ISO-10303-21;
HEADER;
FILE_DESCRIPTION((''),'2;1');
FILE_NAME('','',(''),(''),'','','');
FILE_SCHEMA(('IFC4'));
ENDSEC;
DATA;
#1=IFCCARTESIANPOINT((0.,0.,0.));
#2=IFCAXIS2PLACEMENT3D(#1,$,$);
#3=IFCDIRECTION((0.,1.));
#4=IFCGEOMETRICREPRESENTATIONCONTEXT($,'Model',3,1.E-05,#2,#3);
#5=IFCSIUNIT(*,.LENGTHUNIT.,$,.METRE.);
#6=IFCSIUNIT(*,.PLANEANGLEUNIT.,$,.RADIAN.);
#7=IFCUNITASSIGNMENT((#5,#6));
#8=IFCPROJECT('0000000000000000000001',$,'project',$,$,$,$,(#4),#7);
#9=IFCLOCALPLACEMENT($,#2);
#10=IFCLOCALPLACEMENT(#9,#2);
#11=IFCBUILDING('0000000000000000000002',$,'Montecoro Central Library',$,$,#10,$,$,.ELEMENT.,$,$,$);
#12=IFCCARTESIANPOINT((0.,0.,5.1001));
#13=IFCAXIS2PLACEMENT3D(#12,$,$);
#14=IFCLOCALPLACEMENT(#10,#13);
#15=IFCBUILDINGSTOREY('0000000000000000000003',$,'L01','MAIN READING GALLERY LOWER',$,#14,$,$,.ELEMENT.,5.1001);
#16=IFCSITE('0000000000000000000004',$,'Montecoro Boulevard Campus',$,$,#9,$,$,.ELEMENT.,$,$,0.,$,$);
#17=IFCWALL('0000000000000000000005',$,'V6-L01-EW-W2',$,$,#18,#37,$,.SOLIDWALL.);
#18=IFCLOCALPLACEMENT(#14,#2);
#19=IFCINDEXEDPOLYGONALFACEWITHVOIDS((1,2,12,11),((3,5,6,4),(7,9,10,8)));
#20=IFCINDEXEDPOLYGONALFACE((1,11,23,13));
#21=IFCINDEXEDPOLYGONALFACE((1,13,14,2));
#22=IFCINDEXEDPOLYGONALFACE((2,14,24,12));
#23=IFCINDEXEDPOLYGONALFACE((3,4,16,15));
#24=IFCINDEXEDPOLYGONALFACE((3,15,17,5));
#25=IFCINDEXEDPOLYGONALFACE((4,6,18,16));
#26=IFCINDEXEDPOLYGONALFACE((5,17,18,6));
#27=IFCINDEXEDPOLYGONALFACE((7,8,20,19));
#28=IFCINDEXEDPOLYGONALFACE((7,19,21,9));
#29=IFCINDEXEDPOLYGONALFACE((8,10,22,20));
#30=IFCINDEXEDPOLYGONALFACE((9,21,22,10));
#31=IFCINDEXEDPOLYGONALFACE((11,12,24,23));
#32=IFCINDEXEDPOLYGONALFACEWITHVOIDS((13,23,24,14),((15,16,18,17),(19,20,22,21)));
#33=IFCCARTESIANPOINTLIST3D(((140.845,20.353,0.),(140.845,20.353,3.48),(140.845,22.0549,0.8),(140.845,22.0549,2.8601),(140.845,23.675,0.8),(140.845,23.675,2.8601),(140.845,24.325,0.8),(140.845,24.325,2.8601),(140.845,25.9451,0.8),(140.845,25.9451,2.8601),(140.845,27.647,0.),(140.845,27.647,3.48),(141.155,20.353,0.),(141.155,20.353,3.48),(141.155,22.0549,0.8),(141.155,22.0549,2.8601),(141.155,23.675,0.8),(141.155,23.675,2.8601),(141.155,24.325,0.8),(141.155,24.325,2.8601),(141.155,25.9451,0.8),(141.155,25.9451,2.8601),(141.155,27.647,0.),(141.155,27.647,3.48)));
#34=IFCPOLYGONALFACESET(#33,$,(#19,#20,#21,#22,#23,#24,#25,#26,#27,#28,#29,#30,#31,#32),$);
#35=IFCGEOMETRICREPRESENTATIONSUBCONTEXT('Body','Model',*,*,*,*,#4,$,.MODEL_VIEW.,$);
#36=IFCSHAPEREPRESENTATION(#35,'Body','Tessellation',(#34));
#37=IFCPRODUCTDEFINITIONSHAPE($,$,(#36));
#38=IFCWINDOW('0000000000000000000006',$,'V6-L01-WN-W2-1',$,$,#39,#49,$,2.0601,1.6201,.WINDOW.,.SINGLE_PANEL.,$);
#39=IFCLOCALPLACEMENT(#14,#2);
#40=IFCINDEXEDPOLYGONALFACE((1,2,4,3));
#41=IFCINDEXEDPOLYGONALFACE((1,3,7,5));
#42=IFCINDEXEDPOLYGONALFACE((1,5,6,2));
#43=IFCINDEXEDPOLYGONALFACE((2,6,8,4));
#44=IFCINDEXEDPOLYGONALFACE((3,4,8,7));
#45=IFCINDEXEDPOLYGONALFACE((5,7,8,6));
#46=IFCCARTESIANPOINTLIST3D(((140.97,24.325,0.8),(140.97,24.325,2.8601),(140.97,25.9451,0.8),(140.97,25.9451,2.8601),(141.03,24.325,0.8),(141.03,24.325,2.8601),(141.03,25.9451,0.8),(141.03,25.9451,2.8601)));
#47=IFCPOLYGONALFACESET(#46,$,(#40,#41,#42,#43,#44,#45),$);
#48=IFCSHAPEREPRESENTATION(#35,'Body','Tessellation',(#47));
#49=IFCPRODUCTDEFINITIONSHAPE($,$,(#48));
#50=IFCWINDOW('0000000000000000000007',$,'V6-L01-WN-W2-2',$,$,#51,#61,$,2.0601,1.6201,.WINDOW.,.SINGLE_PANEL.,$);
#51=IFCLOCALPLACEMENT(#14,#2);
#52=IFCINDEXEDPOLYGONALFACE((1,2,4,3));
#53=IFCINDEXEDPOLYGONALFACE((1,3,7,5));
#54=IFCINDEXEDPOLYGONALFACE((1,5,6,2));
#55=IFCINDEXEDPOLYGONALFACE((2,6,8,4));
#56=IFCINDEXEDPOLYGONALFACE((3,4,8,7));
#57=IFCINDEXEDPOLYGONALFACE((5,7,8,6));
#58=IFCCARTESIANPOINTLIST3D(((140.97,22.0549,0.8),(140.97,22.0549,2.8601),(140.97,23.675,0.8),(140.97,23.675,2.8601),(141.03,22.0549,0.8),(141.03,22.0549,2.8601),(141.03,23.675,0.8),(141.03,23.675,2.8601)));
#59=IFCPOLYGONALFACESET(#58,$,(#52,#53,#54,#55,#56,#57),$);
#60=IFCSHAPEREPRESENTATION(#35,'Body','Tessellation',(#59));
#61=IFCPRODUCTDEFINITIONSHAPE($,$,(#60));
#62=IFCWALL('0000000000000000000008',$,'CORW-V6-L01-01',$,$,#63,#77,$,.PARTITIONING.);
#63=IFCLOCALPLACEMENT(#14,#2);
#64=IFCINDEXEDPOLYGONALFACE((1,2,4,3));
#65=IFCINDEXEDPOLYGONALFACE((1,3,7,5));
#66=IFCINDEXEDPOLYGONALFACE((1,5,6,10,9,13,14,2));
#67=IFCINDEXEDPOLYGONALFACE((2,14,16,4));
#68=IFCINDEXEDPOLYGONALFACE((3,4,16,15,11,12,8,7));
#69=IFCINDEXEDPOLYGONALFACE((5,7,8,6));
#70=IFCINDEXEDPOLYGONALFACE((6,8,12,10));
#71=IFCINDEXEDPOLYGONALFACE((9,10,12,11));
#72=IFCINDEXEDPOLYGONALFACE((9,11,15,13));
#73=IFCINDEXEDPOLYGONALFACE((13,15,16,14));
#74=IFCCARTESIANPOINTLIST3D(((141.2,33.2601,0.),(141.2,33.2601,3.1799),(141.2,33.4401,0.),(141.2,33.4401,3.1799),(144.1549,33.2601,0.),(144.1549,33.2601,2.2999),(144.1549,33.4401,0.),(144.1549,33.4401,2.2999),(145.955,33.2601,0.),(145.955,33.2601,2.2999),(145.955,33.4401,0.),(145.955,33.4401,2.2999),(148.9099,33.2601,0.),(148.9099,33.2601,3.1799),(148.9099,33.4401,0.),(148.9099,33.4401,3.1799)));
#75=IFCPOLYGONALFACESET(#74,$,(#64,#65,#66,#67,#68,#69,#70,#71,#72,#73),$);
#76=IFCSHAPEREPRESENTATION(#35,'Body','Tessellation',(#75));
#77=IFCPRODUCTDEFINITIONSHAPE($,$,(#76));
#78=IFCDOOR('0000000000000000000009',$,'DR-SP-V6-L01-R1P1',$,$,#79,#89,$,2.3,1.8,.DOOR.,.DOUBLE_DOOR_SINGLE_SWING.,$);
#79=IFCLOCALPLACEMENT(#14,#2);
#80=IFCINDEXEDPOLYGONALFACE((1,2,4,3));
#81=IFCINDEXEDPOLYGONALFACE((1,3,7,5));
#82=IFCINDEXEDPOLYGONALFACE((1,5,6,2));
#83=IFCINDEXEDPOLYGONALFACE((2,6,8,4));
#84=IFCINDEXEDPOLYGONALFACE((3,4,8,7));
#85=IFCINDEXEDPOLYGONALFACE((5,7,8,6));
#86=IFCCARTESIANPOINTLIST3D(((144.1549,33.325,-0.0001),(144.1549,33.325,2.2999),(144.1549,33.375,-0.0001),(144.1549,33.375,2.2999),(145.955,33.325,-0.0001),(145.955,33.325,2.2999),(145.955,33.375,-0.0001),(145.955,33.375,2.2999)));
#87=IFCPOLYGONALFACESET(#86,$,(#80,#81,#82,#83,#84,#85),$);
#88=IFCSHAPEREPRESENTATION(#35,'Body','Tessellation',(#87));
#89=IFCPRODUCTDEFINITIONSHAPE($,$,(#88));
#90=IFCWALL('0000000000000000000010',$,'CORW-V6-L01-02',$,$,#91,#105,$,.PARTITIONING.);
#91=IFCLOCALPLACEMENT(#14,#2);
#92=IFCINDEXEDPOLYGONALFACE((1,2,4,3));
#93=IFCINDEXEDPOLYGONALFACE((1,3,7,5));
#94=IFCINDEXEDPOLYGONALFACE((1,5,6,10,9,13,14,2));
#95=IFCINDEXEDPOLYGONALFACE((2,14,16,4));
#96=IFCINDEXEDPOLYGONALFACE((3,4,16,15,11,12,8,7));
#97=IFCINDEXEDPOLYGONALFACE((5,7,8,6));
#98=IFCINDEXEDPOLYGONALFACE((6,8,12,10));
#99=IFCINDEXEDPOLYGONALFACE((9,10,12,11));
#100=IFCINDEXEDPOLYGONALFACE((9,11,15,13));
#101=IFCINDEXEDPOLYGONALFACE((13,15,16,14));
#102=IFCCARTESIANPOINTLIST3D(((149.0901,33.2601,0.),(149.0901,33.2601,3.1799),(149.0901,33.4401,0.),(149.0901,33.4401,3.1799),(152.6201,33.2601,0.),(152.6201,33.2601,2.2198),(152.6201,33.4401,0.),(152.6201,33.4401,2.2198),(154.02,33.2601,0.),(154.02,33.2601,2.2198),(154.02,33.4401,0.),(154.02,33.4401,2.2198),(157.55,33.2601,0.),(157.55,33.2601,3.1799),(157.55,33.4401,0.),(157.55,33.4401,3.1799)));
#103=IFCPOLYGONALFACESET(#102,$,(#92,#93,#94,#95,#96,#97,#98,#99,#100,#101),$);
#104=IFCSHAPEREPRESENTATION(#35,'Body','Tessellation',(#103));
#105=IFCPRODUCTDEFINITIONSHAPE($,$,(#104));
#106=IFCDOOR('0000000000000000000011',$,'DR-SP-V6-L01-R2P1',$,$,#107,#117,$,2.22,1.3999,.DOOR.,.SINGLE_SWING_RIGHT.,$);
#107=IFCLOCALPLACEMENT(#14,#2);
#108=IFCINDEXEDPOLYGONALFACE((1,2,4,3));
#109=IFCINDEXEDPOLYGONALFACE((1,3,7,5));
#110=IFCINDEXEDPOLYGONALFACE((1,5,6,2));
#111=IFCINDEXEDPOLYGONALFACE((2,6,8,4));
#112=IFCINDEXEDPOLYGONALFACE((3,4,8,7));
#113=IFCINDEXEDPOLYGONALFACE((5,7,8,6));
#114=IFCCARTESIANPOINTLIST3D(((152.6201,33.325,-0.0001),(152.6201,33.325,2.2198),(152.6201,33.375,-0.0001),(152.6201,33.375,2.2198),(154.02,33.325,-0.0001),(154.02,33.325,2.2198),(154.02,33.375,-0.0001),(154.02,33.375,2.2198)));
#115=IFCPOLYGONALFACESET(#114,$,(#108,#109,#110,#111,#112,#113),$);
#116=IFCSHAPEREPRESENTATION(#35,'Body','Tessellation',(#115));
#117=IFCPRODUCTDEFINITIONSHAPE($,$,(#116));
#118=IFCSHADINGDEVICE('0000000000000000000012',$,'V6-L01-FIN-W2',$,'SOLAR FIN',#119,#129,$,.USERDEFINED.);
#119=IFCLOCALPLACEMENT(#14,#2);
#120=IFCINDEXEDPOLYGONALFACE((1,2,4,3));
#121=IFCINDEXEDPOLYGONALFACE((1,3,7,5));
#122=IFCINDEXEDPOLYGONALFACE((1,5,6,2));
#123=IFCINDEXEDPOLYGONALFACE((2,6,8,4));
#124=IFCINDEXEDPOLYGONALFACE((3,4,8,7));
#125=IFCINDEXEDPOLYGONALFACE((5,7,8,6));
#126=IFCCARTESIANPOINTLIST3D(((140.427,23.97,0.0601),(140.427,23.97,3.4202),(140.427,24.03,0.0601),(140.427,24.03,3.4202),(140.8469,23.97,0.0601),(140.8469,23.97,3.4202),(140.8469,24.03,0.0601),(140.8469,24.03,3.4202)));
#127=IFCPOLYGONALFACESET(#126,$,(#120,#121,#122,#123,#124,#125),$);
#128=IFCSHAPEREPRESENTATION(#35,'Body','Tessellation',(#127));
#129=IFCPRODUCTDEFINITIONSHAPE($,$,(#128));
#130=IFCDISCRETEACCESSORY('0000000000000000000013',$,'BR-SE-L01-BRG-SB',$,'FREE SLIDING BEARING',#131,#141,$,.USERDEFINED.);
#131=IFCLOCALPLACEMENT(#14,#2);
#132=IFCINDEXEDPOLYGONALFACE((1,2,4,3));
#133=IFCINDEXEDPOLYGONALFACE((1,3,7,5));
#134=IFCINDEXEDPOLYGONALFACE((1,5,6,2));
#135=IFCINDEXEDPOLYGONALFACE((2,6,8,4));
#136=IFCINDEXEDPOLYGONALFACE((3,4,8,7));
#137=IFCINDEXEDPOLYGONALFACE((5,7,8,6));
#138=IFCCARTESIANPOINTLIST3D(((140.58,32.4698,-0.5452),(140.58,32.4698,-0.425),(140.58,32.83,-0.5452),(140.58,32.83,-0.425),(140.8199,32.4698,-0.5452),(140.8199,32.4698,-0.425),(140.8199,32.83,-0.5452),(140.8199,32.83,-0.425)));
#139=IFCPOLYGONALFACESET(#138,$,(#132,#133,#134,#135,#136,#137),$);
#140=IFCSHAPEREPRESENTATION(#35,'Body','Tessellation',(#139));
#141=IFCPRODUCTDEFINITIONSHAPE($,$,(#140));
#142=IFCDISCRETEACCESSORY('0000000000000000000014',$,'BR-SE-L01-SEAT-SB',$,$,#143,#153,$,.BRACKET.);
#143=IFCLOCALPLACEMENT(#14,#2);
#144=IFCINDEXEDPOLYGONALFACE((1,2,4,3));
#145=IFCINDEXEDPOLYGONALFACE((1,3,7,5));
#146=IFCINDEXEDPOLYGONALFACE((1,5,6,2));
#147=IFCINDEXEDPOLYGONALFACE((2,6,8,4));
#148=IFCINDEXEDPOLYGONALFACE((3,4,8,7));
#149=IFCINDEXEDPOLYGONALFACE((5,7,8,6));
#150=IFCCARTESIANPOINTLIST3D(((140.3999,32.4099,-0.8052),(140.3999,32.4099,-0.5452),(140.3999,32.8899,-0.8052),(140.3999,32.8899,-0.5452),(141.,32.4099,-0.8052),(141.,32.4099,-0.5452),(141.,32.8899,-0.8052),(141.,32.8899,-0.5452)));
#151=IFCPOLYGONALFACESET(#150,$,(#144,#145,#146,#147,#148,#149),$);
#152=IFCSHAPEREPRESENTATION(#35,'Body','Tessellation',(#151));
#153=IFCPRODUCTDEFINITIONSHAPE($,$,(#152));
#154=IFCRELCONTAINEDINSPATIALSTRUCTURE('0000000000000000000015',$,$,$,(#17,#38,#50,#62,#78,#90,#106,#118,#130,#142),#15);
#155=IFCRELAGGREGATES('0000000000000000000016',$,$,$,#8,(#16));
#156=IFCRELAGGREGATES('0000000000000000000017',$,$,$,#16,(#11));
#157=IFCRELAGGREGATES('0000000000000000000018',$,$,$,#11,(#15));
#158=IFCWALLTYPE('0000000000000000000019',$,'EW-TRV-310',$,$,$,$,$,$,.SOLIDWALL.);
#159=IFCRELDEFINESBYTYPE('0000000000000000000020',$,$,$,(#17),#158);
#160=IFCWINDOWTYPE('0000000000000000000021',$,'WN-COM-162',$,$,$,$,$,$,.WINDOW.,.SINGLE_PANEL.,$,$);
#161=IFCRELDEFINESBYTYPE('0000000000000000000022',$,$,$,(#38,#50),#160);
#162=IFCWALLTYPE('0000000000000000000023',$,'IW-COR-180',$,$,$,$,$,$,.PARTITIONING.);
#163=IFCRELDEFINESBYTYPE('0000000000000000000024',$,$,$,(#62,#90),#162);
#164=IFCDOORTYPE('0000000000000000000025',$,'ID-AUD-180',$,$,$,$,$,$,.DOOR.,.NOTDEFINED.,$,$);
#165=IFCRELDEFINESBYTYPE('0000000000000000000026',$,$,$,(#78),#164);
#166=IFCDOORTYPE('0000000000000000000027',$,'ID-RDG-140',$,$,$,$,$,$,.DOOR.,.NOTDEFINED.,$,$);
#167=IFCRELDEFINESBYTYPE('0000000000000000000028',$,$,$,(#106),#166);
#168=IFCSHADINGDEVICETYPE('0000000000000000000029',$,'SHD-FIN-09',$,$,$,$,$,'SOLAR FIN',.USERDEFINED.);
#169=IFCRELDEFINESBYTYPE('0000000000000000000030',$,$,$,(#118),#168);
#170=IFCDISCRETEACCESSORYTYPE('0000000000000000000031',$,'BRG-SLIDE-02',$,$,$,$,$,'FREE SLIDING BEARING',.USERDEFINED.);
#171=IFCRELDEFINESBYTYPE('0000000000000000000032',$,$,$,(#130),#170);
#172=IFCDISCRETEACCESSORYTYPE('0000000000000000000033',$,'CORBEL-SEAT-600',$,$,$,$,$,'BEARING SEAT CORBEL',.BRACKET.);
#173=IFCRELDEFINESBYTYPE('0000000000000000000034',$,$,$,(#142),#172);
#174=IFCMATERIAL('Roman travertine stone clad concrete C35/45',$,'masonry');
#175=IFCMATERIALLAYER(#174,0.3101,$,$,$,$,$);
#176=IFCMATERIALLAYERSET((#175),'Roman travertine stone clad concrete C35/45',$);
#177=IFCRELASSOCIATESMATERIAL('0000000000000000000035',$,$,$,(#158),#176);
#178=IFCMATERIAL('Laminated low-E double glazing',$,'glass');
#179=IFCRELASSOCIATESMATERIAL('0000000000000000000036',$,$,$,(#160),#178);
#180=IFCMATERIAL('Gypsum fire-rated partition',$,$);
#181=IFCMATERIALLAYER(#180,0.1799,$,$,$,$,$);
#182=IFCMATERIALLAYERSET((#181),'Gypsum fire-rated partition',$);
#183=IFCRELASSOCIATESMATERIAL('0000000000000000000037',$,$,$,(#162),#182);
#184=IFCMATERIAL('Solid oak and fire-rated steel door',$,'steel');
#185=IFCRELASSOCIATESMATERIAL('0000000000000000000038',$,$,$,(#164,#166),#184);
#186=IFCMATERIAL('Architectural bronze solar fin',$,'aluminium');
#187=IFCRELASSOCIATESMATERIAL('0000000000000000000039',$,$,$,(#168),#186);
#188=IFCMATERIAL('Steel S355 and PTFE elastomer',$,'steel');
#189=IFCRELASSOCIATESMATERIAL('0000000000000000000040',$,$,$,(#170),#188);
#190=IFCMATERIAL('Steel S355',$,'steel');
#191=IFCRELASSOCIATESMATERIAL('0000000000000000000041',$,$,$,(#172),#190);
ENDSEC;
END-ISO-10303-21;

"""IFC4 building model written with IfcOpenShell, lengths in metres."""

from ifc_helpers import new_model, si_unit, direction, frame, frame_2d, origin, origin_2d, place, context, subcontext, project, spatial, rectangle, extrude, material, layer, layer_set, type_object, element, fill, save


model = new_model("IFC4")

# Units and contexts
model_context = context("Model", 3, precision=1e-05, world=origin(), true_north=direction((0.0, 1.0)))
body_context = subcontext(model_context, "Body", "Model", "MODEL_VIEW")
ifc_project = project(units=[si_unit("LENGTHUNIT", "METRE"), si_unit("PLANEANGLEUNIT", "RADIAN")], contexts=[model_context])

# Site, building, storey
site_placement = place(None, origin())
site = spatial("IfcSite", under=ifc_project, at=site_placement, Name="Montecoro Boulevard Campus", CompositionType="ELEMENT", RefElevation=0.0)
building_placement = place(site_placement, origin())
building = spatial("IfcBuilding", under=site, at=building_placement, Name="Montecoro Central Library", CompositionType="ELEMENT")
storey_placement = place(building_placement, frame((0.0, 0.0, 5.1001)))
storey = spatial("IfcBuildingStorey", under=building, at=storey_placement, Name="L01", Description="MAIN READING GALLERY LOWER", CompositionType="ELEMENT", Elevation=5.1001)

# Shared definitions
ifc_material_1 = material(Name="Steel S355", Category="steel")

# Shared definitions
ifc_material_2 = material(Name="Laminated low-E double glazing", Category="glass")

# Wall, openings, windows
ifc_material_3 = material(Name="Roman travertine stone clad concrete C35/45", Category="masonry")
ifc_layer_1 = layer(ifc_material_3, 0.3101)
ifc_layer_set_1 = layer_set([ifc_layer_1], Name="Roman travertine stone clad concrete C35/45")
wall_type_1 = type_object("IfcWallType", Name="EW-TRV-310", PredefinedType="SOLIDWALL", material=ifc_layer_set_1)
wall_1_placement = place(storey_placement, frame((141.0, 27.647, 0.0), z_axis=(0.0, 0.0, 1.0), x_axis=(0.0, -1.0, 0.0)))
wall_1 = element("IfcWall", 1, at=wall_1_placement, inside=storey, type_object=wall_type_1, Name="V6-L01-EW-W2", PredefinedType="SOLIDWALL", context=body_context, shape_type="SweptSolid", body=[
    extrude(rectangle(XDim=7.2939, YDim=0.3101, at=frame_2d((3.647, 0.0))), origin(), (0.0, 0.0, 1.0), 3.48),
])
opening_1_placement = place(wall_1_placement, frame((1.7019, 0.0, 0.8)))
opening_1 = element("IfcOpeningElement", 2, at=opening_1_placement, cuts=wall_1, PredefinedType="OPENING", context=body_context, shape_type="SweptSolid", body=[
    extrude(rectangle(XDim=1.6201, YDim=2.0601, at=frame_2d((0.8101, 1.03))), frame((0.0, 0.165, 0.0), z_axis=(0.0, -1.0, 0.0), x_axis=(1.0, 0.0, 0.0)), (0.0, 0.0, 1.0), 0.3301),
])
opening_2_placement = place(wall_1_placement, frame((3.9719, 0.0, 0.8)))
opening_2 = element("IfcOpeningElement", 3, at=opening_2_placement, cuts=wall_1, PredefinedType="OPENING", context=body_context, shape_type="SweptSolid", body=[
    extrude(rectangle(XDim=1.6201, YDim=2.0601, at=frame_2d((0.8101, 1.03))), frame((0.0, 0.165, 0.0), z_axis=(0.0, -1.0, 0.0), x_axis=(1.0, 0.0, 0.0)), (0.0, 0.0, 1.0), 0.3301),
])
window_type = type_object("IfcWindowType", Name="WN-COM-162", PartitioningType="SINGLE_PANEL", PredefinedType="WINDOW", material=ifc_material_2)
window_1_placement = place(opening_1_placement, origin())
window_1 = element("IfcWindow", 4, at=window_1_placement, inside=storey, type_object=window_type, Name="V6-L01-WN-W2-1", OverallHeight=2.0601, OverallWidth=1.6201, PartitioningType="SINGLE_PANEL", PredefinedType="WINDOW", context=body_context, shape_type="SweptSolid", body=[
    extrude(rectangle(XDim=1.6201, YDim=2.0601, at=frame_2d((0.8101, 1.03))), frame((0.0, 0.03, 0.0), z_axis=(0.0, -1.0, 0.0), x_axis=(1.0, 0.0, 0.0)), (0.0, 0.0, 1.0), 0.0601),
])
fill(opening_1, window_1)
window_2_placement = place(opening_2_placement, origin())
window_2 = element("IfcWindow", 5, at=window_2_placement, inside=storey, type_object=window_type, Name="V6-L01-WN-W2-2", OverallHeight=2.0601, OverallWidth=1.6201, PartitioningType="SINGLE_PANEL", PredefinedType="WINDOW", context=body_context, shape_type="SweptSolid", body=[
    extrude(rectangle(XDim=1.6201, YDim=2.0601, at=frame_2d((0.8101, 1.03))), frame((0.0, 0.03, 0.0), z_axis=(0.0, -1.0, 0.0), x_axis=(1.0, 0.0, 0.0)), (0.0, 0.0, 1.0), 0.0601),
])
fill(opening_2, window_2)

# Walls, openings, doors
ifc_material_4 = material(Name="Gypsum fire-rated partition")
ifc_layer_2 = layer(ifc_material_4, 0.1799)
ifc_layer_set_2 = layer_set([ifc_layer_2], Name="Gypsum fire-rated partition")
wall_type_2 = type_object("IfcWallType", Name="IW-COR-180", PredefinedType="PARTITIONING", material=ifc_layer_set_2)
wall_2_placement = place(storey_placement, frame((141.2, 33.3501, 0.0), z_axis=(0.0, 0.0, 1.0), x_axis=(1.0, 0.0, 0.0)))
wall_2 = element("IfcWall", 6, at=wall_2_placement, inside=storey, type_object=wall_type_2, Name="CORW-V6-L01-01", PredefinedType="PARTITIONING", context=body_context, shape_type="SweptSolid", body=[
    extrude(rectangle(XDim=7.71, YDim=0.1799, at=frame_2d((3.855, 0.0))), origin(), (0.0, 0.0, 1.0), 3.1799),
])
opening_3_placement = place(wall_2_placement, frame((2.9551, 0.0, 0.0)))
opening_3 = element("IfcOpeningElement", 7, at=opening_3_placement, cuts=wall_2, PredefinedType="OPENING", context=body_context, shape_type="SweptSolid", body=[
    extrude(rectangle(XDim=1.8, YDim=2.3, at=frame_2d((0.8999, 1.1499))), frame((0.0, 0.0999, 0.0), z_axis=(0.0, -1.0, 0.0), x_axis=(1.0, 0.0, 0.0)), (0.0, 0.0, 1.0), 0.2),
])
ifc_material_5 = material(Name="Solid oak and fire-rated steel door", Category="steel")
door_type_1 = type_object("IfcDoorType", Name="ID-AUD-180", OperationType="NOTDEFINED", PredefinedType="DOOR", material=ifc_material_5)
door_1_placement = place(opening_3_placement, origin())
door_1 = element("IfcDoor", 8, at=door_1_placement, inside=storey, type_object=door_type_1, Name="DR-SP-V6-L01-R1P1", OperationType="DOUBLE_DOOR_SINGLE_SWING", OverallHeight=2.3, OverallWidth=1.8, PredefinedType="DOOR", context=body_context, shape_type="SweptSolid", body=[
    extrude(rectangle(XDim=1.8, YDim=2.3, at=frame_2d((0.8999, 1.1499))), frame((0.0, 0.0249, 0.0), z_axis=(0.0, -1.0, 0.0), x_axis=(1.0, 0.0, 0.0)), (0.0, 0.0, 1.0), 0.05),
])
fill(opening_3, door_1)
wall_3_placement = place(storey_placement, frame((149.0901, 33.3501, 0.0), z_axis=(0.0, 0.0, 1.0), x_axis=(1.0, 0.0, 0.0)))
wall_3 = element("IfcWall", 9, at=wall_3_placement, inside=storey, type_object=wall_type_2, Name="CORW-V6-L01-02", PredefinedType="PARTITIONING", context=body_context, shape_type="SweptSolid", body=[
    extrude(rectangle(XDim=8.46, YDim=0.1799, at=frame_2d((4.23, 0.0))), origin(), (0.0, 0.0, 1.0), 3.1799),
])
opening_4_placement = place(wall_3_placement, frame((3.53, 0.0, 0.0)))
opening_4 = element("IfcOpeningElement", 10, at=opening_4_placement, cuts=wall_3, PredefinedType="OPENING", context=body_context, shape_type="SweptSolid", body=[
    extrude(rectangle(XDim=1.3999, YDim=2.22, at=frame_2d((0.7, 1.1099))), frame((0.0, 0.0999, 0.0), z_axis=(0.0, -1.0, 0.0), x_axis=(1.0, 0.0, 0.0)), (0.0, 0.0, 1.0), 0.2),
])
door_type_2 = type_object("IfcDoorType", Name="ID-RDG-140", OperationType="NOTDEFINED", PredefinedType="DOOR", material=ifc_material_5)
door_2_placement = place(opening_4_placement, origin())
door_2 = element("IfcDoor", 11, at=door_2_placement, inside=storey, type_object=door_type_2, Name="DR-SP-V6-L01-R2P1", OperationType="SINGLE_SWING_RIGHT", OverallHeight=2.22, OverallWidth=1.3999, PredefinedType="DOOR", context=body_context, shape_type="SweptSolid", body=[
    extrude(rectangle(XDim=1.3999, YDim=2.22, at=frame_2d((0.7, 1.1099))), frame((0.0, 0.0249, 0.0), z_axis=(0.0, -1.0, 0.0), x_axis=(1.0, 0.0, 0.0)), (0.0, 0.0, 1.0), 0.05),
])
fill(opening_4, door_2)

# Shading device
ifc_material_6 = material(Name="Architectural bronze solar fin", Category="aluminium")
shading_device_type = type_object("IfcShadingDeviceType", Name="SHD-FIN-09", ElementType="SOLAR FIN", PredefinedType="USERDEFINED", material=ifc_material_6)
shading_device_placement = place(storey_placement, frame((140.637, 24.0, 0.0601), z_axis=(0.0, 0.0, 1.0), x_axis=(0.0, -1.0, 0.0)))
element("IfcShadingDevice", 12, at=shading_device_placement, inside=storey, type_object=shading_device_type, Name="V6-L01-FIN-W2", ObjectType="SOLAR FIN", PredefinedType="USERDEFINED", context=body_context, shape_type="SweptSolid", body=[
    extrude(rectangle(XDim=0.0601, YDim=0.4199, at=origin_2d()), origin(), (0.0, 0.0, 1.0), 3.3601),
])

# Discrete accessories
ifc_material_7 = material(Name="Steel S355 and PTFE elastomer", Category="steel")
discrete_accessory_type_1 = type_object("IfcDiscreteAccessoryType", Name="BRG-SLIDE-02", ElementType="FREE SLIDING BEARING", PredefinedType="USERDEFINED", material=ifc_material_7)
discrete_accessory_1_placement = place(storey_placement, frame((140.7, 32.6499, -0.5452), z_axis=(0.0, 0.0, 1.0), x_axis=(1.0, 0.0, 0.0)))
element("IfcDiscreteAccessory", 13, at=discrete_accessory_1_placement, inside=storey, type_object=discrete_accessory_type_1, Name="BR-SE-L01-BRG-SB", ObjectType="FREE SLIDING BEARING", PredefinedType="USERDEFINED", context=body_context, shape_type="SweptSolid", body=[
    extrude(rectangle(XDim=0.24, YDim=0.3601, at=origin_2d()), origin(), (0.0, 0.0, 1.0), 0.1201),
])
discrete_accessory_type_2 = type_object("IfcDiscreteAccessoryType", Name="CORBEL-SEAT-600", ElementType="BEARING SEAT CORBEL", PredefinedType="BRACKET", material=ifc_material_1)
discrete_accessory_2_placement = place(storey_placement, frame((140.7, 32.6499, -0.8052), z_axis=(0.0, 0.0, 1.0), x_axis=(1.0, 0.0, 0.0)))
element("IfcDiscreteAccessory", 14, at=discrete_accessory_2_placement, inside=storey, type_object=discrete_accessory_type_2, Name="BR-SE-L01-SEAT-SB", PredefinedType="BRACKET", context=body_context, shape_type="SweptSolid", body=[
    extrude(rectangle(XDim=0.6001, YDim=0.48, at=origin_2d()), origin(), (0.0, 0.0, 1.0), 0.26),
])

save(model, "model.ifc")
